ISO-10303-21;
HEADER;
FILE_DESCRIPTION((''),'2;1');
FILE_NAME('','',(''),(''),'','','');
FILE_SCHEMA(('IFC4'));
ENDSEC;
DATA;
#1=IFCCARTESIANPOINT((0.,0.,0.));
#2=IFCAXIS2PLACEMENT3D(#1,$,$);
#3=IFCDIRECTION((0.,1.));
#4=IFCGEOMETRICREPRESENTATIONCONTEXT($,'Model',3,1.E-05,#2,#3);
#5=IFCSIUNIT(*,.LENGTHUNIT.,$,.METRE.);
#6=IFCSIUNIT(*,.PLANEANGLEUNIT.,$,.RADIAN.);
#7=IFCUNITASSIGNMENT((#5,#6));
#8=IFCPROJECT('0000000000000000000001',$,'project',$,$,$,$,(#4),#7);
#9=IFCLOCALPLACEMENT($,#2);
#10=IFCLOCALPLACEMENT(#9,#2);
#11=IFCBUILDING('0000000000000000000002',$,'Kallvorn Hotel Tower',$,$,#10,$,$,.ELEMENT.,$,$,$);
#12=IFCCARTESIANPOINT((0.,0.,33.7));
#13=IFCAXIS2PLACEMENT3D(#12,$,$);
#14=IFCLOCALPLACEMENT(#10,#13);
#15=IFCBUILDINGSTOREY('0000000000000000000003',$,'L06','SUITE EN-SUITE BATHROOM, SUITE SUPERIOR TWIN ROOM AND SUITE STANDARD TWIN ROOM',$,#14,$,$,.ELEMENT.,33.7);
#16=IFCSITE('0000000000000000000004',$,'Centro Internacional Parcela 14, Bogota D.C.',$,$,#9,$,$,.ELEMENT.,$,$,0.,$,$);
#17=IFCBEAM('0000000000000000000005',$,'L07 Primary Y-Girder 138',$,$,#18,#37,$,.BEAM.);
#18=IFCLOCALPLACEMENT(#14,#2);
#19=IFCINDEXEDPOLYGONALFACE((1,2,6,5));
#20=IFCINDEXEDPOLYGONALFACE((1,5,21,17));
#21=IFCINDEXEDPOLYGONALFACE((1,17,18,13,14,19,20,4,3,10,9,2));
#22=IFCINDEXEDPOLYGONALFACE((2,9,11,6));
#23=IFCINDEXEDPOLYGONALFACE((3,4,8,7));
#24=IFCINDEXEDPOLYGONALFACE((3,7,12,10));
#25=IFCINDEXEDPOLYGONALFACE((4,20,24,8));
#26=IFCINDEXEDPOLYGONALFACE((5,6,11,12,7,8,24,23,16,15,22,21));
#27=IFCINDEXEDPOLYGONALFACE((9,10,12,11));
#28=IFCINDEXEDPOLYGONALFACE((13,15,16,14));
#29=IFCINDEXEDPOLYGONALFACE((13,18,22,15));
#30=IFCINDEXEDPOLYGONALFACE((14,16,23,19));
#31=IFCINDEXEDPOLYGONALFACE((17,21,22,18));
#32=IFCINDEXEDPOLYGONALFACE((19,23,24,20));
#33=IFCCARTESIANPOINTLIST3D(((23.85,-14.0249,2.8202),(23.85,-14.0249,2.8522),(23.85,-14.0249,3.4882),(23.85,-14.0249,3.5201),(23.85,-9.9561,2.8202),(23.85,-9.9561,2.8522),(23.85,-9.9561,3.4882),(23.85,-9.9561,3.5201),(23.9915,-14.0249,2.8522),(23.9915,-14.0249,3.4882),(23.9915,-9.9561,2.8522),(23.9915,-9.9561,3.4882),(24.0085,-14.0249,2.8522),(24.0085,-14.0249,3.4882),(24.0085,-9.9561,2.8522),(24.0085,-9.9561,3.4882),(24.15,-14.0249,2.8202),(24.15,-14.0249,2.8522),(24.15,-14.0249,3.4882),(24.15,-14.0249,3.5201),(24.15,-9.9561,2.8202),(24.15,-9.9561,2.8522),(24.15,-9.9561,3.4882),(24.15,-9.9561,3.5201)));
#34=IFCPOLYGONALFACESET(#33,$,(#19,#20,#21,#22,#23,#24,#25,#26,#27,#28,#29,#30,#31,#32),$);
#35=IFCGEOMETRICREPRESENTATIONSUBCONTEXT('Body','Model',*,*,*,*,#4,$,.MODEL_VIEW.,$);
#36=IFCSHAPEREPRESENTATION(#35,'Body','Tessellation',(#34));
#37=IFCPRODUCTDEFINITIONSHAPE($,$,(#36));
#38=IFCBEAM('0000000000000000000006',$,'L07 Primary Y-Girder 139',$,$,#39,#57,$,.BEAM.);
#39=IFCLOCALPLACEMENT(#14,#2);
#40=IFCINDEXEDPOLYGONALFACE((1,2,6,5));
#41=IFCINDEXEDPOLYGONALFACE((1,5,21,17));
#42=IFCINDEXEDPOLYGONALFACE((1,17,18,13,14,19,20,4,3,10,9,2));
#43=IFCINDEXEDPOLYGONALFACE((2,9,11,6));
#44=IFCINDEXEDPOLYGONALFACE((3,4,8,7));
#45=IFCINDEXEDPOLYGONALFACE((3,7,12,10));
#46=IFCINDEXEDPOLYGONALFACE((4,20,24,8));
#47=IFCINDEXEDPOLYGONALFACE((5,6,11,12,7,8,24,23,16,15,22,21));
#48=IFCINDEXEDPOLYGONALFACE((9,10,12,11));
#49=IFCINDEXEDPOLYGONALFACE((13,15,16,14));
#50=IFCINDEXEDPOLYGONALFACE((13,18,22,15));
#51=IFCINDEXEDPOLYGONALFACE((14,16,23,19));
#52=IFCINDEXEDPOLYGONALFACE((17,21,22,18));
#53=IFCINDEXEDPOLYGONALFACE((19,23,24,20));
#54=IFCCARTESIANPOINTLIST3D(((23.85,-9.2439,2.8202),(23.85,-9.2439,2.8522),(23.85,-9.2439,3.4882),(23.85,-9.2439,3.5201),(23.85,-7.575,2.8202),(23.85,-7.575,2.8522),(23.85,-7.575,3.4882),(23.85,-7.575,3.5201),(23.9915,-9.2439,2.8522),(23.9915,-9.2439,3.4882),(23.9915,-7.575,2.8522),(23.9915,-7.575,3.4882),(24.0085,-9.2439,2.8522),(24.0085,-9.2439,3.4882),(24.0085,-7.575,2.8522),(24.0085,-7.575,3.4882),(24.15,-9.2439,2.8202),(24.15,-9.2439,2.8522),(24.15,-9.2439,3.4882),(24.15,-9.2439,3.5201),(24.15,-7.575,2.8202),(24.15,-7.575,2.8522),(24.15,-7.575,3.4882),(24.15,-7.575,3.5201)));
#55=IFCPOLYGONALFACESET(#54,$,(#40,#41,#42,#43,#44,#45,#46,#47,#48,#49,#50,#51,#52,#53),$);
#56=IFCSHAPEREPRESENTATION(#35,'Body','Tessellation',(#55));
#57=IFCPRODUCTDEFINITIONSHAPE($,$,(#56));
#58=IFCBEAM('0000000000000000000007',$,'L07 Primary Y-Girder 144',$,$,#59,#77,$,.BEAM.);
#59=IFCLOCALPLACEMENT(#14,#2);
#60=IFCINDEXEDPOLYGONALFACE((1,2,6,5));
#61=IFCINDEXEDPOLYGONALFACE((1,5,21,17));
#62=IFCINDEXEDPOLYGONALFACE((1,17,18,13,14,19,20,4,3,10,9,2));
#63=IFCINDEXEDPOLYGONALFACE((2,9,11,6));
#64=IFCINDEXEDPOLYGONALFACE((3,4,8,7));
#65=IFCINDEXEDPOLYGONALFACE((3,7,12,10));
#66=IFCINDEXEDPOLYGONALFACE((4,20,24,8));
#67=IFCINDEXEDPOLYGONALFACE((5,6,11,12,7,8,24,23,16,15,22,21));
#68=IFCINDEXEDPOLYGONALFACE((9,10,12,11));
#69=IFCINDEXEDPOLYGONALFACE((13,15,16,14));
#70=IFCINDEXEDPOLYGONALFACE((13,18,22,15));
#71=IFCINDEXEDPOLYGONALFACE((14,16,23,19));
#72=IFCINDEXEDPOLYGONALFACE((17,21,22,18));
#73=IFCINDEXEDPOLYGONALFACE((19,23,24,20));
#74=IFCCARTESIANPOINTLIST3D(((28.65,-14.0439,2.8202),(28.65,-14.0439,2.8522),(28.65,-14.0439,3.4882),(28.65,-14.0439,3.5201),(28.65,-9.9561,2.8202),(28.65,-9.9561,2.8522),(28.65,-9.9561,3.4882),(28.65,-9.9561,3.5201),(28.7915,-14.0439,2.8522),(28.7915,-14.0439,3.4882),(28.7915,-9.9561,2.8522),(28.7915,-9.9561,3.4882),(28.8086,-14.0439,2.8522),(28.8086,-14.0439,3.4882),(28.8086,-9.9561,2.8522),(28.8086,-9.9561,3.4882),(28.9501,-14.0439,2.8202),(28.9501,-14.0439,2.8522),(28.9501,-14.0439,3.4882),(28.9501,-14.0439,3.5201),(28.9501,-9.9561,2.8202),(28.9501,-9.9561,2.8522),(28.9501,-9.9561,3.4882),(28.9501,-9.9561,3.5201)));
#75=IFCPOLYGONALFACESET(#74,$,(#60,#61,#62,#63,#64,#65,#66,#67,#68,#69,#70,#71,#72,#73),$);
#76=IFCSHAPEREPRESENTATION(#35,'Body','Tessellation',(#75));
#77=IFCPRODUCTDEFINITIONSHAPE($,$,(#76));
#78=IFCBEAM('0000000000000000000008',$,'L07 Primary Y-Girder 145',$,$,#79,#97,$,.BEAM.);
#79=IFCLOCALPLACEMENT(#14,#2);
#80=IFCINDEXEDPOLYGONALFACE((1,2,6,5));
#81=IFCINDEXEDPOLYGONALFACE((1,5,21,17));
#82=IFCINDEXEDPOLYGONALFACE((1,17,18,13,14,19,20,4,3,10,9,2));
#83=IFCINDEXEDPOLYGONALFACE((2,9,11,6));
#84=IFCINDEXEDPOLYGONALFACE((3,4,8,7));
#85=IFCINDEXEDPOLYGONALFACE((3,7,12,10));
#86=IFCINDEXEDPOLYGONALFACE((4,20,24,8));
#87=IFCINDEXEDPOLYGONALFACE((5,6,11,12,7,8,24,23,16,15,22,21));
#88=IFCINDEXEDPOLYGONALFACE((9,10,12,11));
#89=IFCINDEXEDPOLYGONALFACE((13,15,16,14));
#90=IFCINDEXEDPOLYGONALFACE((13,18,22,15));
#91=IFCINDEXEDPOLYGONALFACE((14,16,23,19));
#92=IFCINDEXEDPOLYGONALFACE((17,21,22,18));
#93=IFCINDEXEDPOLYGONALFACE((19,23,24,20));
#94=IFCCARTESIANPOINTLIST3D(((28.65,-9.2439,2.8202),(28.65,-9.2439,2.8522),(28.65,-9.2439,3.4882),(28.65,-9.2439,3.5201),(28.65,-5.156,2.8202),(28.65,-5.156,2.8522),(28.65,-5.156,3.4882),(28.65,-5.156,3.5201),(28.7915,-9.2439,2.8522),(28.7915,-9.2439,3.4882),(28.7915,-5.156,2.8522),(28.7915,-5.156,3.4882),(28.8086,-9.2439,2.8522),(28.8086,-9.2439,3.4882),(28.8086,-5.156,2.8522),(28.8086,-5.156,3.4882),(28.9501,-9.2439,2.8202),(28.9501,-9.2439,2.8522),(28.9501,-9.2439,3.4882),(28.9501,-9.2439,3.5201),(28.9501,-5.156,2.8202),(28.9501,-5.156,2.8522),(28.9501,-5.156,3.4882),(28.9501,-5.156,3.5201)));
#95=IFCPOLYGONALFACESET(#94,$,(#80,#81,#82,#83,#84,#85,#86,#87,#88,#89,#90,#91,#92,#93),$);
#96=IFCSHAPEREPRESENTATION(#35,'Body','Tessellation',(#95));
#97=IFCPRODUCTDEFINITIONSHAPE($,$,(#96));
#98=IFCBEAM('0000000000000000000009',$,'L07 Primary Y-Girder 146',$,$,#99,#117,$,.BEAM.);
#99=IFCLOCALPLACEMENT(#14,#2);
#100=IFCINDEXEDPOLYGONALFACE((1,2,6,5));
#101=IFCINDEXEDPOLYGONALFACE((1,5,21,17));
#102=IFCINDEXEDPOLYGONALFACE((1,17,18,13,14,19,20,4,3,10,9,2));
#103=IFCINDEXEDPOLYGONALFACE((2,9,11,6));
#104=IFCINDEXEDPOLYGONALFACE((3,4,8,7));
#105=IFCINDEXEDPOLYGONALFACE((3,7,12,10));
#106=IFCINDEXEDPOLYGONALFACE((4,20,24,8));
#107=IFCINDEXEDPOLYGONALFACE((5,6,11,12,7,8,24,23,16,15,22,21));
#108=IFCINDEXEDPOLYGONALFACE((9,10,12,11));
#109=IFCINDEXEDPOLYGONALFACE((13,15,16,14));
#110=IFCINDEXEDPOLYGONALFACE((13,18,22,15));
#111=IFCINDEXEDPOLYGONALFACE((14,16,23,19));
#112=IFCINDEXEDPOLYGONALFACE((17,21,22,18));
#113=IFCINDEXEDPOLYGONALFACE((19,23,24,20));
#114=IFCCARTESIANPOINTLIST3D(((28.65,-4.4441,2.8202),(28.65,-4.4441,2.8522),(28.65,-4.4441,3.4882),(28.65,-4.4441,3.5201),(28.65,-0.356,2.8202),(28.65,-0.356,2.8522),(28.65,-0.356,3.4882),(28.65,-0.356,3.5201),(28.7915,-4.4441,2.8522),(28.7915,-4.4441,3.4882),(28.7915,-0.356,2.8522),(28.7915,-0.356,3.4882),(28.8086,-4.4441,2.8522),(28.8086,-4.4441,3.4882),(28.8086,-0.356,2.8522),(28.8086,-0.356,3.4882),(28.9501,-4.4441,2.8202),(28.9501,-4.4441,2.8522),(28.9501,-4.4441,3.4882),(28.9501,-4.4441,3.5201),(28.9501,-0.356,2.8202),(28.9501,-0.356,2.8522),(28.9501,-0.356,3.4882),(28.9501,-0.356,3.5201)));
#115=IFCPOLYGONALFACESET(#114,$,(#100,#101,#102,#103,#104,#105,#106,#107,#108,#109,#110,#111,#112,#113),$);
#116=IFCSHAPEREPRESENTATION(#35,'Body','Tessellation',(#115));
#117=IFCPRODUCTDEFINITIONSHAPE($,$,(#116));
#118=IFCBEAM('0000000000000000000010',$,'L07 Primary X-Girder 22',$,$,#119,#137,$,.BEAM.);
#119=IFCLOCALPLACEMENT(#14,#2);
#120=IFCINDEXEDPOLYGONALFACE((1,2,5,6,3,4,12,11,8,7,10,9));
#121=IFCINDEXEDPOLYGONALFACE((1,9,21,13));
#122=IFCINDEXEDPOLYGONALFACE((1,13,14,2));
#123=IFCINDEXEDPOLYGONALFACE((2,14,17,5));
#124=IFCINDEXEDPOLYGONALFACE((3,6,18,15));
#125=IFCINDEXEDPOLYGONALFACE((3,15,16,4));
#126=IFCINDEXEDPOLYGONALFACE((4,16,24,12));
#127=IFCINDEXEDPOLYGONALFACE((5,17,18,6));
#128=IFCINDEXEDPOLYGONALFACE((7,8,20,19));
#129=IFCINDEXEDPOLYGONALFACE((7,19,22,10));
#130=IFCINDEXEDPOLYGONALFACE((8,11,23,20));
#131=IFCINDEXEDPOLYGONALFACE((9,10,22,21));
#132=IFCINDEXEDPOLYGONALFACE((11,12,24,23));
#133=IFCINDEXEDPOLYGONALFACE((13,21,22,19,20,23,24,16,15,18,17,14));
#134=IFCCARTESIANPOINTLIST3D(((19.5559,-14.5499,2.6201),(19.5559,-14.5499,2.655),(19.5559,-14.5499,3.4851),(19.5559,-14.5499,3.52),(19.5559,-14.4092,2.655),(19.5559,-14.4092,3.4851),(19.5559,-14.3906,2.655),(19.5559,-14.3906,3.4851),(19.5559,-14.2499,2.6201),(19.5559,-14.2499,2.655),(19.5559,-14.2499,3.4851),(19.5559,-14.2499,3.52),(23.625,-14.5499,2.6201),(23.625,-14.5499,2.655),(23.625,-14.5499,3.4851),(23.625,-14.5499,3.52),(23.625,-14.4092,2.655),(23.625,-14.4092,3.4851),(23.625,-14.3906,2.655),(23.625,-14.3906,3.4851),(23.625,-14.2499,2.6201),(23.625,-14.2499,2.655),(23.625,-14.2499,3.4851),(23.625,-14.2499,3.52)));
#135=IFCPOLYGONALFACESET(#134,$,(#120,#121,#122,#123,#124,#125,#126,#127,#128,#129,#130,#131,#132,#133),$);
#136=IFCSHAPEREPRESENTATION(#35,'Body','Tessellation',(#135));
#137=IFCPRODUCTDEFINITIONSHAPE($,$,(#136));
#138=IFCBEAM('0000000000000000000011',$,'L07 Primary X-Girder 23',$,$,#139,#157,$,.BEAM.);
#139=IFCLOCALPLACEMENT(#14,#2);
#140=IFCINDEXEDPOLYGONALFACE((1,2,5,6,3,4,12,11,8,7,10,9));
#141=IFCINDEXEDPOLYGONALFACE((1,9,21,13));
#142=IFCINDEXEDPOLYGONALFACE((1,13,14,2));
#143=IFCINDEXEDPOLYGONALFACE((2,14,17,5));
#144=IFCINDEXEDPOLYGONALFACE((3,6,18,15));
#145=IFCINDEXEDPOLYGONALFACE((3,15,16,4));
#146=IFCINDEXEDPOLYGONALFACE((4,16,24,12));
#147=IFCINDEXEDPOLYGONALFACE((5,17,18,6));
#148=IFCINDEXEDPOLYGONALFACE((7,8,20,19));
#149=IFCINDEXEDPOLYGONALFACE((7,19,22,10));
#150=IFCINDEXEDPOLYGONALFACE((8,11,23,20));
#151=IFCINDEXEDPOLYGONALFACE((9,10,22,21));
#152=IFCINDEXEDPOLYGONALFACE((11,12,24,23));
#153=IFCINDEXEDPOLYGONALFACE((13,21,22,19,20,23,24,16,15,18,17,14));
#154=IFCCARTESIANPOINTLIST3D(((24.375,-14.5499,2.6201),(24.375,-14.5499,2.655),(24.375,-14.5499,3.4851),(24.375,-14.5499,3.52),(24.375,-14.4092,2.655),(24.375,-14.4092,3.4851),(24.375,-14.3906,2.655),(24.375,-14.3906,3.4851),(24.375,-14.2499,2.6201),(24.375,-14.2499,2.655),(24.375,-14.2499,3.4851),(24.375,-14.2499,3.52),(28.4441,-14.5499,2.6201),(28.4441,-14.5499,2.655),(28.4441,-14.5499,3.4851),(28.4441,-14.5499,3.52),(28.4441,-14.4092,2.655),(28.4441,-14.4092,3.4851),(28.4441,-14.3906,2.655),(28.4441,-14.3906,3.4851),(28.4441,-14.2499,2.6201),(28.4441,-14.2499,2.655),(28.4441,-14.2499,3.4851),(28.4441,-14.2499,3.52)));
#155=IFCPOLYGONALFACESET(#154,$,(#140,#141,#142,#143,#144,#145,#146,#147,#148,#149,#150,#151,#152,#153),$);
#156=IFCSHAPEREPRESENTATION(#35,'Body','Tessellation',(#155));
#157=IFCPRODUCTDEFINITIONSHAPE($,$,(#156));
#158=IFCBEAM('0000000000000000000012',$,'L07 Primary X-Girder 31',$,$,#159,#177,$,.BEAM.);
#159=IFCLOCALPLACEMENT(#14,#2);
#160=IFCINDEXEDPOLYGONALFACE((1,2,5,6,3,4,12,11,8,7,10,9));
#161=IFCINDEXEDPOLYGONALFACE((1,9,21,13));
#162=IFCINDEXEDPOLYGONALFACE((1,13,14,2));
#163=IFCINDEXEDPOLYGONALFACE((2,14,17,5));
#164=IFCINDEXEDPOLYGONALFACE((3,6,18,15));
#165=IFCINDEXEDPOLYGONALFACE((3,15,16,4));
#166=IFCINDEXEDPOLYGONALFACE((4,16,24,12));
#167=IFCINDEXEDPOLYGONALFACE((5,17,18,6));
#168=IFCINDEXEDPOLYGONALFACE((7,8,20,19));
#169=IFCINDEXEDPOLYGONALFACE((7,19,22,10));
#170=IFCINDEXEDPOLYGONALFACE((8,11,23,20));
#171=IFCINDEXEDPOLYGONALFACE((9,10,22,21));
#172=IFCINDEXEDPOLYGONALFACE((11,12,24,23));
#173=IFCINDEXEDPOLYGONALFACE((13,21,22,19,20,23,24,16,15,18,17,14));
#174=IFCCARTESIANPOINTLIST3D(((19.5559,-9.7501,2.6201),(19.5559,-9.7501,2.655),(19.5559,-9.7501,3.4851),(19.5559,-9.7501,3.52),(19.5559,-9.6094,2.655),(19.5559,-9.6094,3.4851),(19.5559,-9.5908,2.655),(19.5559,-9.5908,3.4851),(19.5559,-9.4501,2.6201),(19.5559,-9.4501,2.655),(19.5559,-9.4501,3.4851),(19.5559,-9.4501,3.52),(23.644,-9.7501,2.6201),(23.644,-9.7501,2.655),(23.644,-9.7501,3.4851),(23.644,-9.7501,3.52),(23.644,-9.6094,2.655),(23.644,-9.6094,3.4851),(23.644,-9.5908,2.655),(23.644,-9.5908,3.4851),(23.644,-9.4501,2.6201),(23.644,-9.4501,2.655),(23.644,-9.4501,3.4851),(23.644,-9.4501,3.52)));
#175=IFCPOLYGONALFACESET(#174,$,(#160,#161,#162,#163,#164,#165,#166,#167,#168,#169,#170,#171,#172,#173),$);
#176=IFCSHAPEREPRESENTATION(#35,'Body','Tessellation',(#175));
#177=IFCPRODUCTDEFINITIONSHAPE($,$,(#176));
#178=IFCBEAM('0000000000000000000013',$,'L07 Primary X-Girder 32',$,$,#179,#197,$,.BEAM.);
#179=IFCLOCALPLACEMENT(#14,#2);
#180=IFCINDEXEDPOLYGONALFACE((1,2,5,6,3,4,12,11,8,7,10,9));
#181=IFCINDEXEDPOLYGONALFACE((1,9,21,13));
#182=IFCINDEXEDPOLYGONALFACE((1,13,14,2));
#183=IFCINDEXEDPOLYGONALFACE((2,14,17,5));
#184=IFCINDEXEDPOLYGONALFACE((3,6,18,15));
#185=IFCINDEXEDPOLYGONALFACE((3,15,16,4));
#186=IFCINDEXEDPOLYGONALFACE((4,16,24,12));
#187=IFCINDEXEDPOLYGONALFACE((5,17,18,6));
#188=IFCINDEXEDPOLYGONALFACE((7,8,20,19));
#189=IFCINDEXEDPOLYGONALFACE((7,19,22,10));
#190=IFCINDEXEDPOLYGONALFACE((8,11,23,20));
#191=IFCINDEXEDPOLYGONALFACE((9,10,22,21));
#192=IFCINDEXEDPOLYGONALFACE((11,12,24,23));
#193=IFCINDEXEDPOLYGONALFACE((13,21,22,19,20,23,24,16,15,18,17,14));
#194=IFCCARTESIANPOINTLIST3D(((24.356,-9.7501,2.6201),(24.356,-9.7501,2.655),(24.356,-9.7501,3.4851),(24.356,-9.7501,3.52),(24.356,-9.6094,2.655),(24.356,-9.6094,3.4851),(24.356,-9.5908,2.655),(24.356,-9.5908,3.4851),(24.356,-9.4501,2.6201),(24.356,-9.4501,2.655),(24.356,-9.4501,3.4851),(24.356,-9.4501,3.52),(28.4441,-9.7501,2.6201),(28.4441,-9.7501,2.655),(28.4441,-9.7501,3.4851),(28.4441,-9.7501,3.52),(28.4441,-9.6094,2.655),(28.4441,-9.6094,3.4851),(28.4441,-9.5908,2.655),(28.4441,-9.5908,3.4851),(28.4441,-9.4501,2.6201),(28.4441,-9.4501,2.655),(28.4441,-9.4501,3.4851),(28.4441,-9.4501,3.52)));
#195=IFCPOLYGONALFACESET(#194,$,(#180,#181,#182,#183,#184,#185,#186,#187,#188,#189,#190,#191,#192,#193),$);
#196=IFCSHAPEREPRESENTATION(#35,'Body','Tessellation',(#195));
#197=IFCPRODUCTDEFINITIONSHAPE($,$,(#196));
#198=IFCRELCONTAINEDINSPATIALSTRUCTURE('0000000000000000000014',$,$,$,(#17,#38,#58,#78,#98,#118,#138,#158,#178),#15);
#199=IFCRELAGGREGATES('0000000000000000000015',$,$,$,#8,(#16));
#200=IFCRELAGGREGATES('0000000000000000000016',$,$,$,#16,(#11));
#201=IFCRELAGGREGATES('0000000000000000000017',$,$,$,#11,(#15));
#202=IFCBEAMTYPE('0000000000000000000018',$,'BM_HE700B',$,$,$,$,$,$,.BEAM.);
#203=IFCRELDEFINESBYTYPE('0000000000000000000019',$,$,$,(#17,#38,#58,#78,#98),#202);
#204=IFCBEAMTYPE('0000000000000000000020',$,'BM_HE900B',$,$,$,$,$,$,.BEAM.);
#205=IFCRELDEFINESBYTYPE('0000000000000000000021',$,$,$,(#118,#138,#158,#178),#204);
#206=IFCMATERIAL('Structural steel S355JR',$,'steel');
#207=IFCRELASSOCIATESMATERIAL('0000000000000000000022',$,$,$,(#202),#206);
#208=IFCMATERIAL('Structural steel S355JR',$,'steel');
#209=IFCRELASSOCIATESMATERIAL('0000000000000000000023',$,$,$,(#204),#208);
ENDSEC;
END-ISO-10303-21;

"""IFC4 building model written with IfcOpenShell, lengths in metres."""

from ifc_helpers import new_model, si_unit, direction, frame, origin, origin_2d, place, context, subcontext, project, spatial, i_section, extrude, material, material_profile, profile_set, type_object, element, save


model = new_model("IFC4")

# Units and contexts
model_context = context("Model", 3, precision=1e-05, world=origin(), true_north=direction((0.0, 1.0)))
body_context = subcontext(model_context, "Body", "Model", "MODEL_VIEW")
ifc_project = project(units=[si_unit("LENGTHUNIT", "METRE"), si_unit("PLANEANGLEUNIT", "RADIAN")], contexts=[model_context])

# Site, building, storey
site_placement = place(None, origin())
site = spatial("IfcSite", under=ifc_project, at=site_placement, Name="Centro Internacional Parcela 14, Bogota D.C.", CompositionType="ELEMENT", RefElevation=0.0)
building_placement = place(site_placement, origin())
building = spatial("IfcBuilding", under=site, at=building_placement, Name="Kallvorn Hotel Tower", CompositionType="ELEMENT")
storey_placement = place(building_placement, frame((0.0, 0.0, 33.7)))
storey = spatial("IfcBuildingStorey", under=building, at=storey_placement, Name="L06", Description="SUITE EN-SUITE BATHROOM, SUITE SUPERIOR TWIN ROOM AND SUITE STANDARD TWIN ROOM", CompositionType="ELEMENT", Elevation=33.7)

# Beams
ifc_material_1 = material(Name="Structural steel S355JR", Category="steel")
ifc_material_profile_1 = material_profile(ifc_material_1, i_section(OverallWidth=0.3, OverallDepth=0.7, WebThickness=0.0171, FlangeThickness=0.032, at=origin_2d()), Name="HE 700 B")
ifc_profile_set_1 = profile_set([ifc_material_profile_1], Name="Structural steel S355JR")
beam_type_1 = type_object("IfcBeamType", Name="BM_HE700B", PredefinedType="BEAM", material=ifc_profile_set_1)
beam_1_placement = place(storey_placement, frame((24.0, -14.0249, 3.1702), z_axis=(0.0, 1.0, 0.0), x_axis=(-1.0, 0.0, 0.0)))
element("IfcBeam", 1, at=beam_1_placement, inside=storey, type_object=beam_type_1, Name="L07 Primary Y-Girder 138", PredefinedType="BEAM", context=body_context, shape_type="SweptSolid", body=[
    extrude(i_section(OverallWidth=0.3, OverallDepth=0.7, WebThickness=0.0171, FlangeThickness=0.032, at=origin_2d()), origin(), (0.0, 0.0, 1.0), 4.0688),
])
beam_2_placement = place(storey_placement, frame((24.0, -9.2439, 3.1702), z_axis=(0.0, 1.0, 0.0), x_axis=(-1.0, 0.0, 0.0)))
element("IfcBeam", 2, at=beam_2_placement, inside=storey, type_object=beam_type_1, Name="L07 Primary Y-Girder 139", PredefinedType="BEAM", context=body_context, shape_type="SweptSolid", body=[
    extrude(i_section(OverallWidth=0.3, OverallDepth=0.7, WebThickness=0.0171, FlangeThickness=0.032, at=origin_2d()), origin(), (0.0, 0.0, 1.0), 1.6689),
])
for number, where, z_axis, x_axis, name in (
    (3, (28.8, -14.0439, 3.1702), (0.0, 1.0, 0.0), (-1.0, 0.0, 0.0), "L07 Primary Y-Girder 144"),
    (4, (28.8, -9.2439, 3.1702), (0.0, 1.0, 0.0), (-1.0, 0.0, 0.0), "L07 Primary Y-Girder 145"),
):
    element("IfcBeam", number, at=place(storey_placement, frame(where, z_axis=z_axis, x_axis=x_axis)), inside=storey, type_object=beam_type_1, Name=name, PredefinedType="BEAM", context=body_context, shape_type="SweptSolid", body=[
        extrude(i_section(OverallWidth=0.3, OverallDepth=0.7, WebThickness=0.0171, FlangeThickness=0.032, at=origin_2d()), origin(), (0.0, 0.0, 1.0), 4.0879),
    ])
beam_3_placement = place(storey_placement, frame((28.8, -4.4441, 3.1702), z_axis=(0.0, 1.0, 0.0), x_axis=(-1.0, 0.0, 0.0)))
element("IfcBeam", 5, at=beam_3_placement, inside=storey, type_object=beam_type_1, Name="L07 Primary Y-Girder 146", PredefinedType="BEAM", context=body_context, shape_type="SweptSolid", body=[
    extrude(i_section(OverallWidth=0.3, OverallDepth=0.7, WebThickness=0.0171, FlangeThickness=0.032, at=origin_2d()), origin(), (0.0, 0.0, 1.0), 4.0881),
])
ifc_material_2 = material(Name="Structural steel S355JR", Category="steel")
ifc_material_profile_2 = material_profile(ifc_material_2, i_section(OverallWidth=0.3, OverallDepth=0.8999, WebThickness=0.0186, FlangeThickness=0.0349, at=origin_2d()), Name="HE 900 B")
ifc_profile_set_2 = profile_set([ifc_material_profile_2], Name="Structural steel S355JR")
beam_type_2 = type_object("IfcBeamType", Name="BM_HE900B", PredefinedType="BEAM", material=ifc_profile_set_2)
for number, where, z_axis, x_axis, name in (
    (6, (19.5559, -14.3999, 3.0701), (1.0, 0.0, 0.0), (0.0, 1.0, 0.0), "L07 Primary X-Girder 22"),
    (7, (24.375, -14.3999, 3.0701), (1.0, 0.0, 0.0), (0.0, 1.0, 0.0), "L07 Primary X-Girder 23"),
):
    element("IfcBeam", number, at=place(storey_placement, frame(where, z_axis=z_axis, x_axis=x_axis)), inside=storey, type_object=beam_type_2, Name=name, PredefinedType="BEAM", context=body_context, shape_type="SweptSolid", body=[
        extrude(i_section(OverallWidth=0.3, OverallDepth=0.8999, WebThickness=0.0186, FlangeThickness=0.0349, at=origin_2d()), origin(), (0.0, 0.0, 1.0), 4.0691),
    ])
for number, where, z_axis, x_axis, name in (
    (8, (19.5559, -9.6001, 3.0701), (1.0, 0.0, 0.0), (0.0, 1.0, 0.0), "L07 Primary X-Girder 31"),
    (9, (24.356, -9.6001, 3.0701), (1.0, 0.0, 0.0), (0.0, 1.0, 0.0), "L07 Primary X-Girder 32"),
):
    element("IfcBeam", number, at=place(storey_placement, frame(where, z_axis=z_axis, x_axis=x_axis)), inside=storey, type_object=beam_type_2, Name=name, PredefinedType="BEAM", context=body_context, shape_type="SweptSolid", body=[
        extrude(i_section(OverallWidth=0.3, OverallDepth=0.8999, WebThickness=0.0186, FlangeThickness=0.0349, at=origin_2d()), origin(), (0.0, 0.0, 1.0), 4.0881),
    ])

save(model, "model.ifc")
